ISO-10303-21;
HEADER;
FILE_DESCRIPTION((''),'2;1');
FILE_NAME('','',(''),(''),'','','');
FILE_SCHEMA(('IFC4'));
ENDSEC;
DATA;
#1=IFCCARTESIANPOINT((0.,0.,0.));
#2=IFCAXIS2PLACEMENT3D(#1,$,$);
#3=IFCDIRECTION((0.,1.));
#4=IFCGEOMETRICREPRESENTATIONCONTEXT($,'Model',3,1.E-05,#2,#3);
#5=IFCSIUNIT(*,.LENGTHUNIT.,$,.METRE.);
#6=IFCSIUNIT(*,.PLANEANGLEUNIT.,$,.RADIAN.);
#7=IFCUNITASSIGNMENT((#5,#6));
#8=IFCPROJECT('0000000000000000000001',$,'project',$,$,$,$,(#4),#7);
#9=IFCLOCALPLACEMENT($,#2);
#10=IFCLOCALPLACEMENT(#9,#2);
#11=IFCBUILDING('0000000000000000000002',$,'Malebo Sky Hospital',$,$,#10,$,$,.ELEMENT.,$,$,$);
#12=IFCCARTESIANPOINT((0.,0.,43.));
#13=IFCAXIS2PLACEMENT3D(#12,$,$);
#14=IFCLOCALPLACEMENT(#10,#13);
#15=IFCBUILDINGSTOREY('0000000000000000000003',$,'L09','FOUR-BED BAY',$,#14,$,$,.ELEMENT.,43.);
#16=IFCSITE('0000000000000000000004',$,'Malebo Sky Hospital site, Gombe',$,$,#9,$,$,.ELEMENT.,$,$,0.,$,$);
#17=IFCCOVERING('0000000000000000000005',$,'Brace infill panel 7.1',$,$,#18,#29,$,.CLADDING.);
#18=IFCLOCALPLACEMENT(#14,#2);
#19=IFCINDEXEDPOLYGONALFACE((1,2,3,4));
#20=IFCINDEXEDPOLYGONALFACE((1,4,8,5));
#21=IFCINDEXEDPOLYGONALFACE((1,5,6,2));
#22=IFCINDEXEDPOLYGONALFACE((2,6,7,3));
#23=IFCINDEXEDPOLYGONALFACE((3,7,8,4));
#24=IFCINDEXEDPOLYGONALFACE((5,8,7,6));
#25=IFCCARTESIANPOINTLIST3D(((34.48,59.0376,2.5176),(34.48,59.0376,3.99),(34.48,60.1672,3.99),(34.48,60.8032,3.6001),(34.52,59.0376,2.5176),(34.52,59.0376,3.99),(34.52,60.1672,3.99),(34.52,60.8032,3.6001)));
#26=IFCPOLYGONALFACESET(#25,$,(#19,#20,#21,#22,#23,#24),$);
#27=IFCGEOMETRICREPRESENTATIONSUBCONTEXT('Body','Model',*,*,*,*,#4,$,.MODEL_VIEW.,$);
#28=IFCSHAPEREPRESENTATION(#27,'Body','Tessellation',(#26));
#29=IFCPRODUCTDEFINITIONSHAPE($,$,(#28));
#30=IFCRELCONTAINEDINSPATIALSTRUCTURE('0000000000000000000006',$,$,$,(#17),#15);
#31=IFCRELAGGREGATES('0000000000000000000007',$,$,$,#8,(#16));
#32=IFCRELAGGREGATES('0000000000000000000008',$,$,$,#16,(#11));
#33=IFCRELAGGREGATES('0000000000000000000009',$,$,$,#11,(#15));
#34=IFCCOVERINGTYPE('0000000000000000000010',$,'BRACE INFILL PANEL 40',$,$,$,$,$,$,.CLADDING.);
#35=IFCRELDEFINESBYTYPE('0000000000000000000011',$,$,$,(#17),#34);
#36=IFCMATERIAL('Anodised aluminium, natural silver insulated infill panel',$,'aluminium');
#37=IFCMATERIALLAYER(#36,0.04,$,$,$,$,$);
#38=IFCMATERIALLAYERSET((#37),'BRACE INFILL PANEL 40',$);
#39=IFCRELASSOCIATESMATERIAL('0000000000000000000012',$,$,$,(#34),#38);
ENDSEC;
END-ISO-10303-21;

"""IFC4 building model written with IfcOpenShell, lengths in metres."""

from ifc_helpers import new_model, si_unit, direction, frame, origin, place, context, subcontext, project, spatial, polyline, outline, extrude, material, layer, layer_set, type_object, element, save


model = new_model("IFC4")

# Units and contexts
model_context = context("Model", 3, precision=1e-05, world=origin(), true_north=direction((0.0, 1.0)))
body_context = subcontext(model_context, "Body", "Model", "MODEL_VIEW")
ifc_project = project(units=[si_unit("LENGTHUNIT", "METRE"), si_unit("PLANEANGLEUNIT", "RADIAN")], contexts=[model_context])

# Site, building, storey
site_placement = place(None, origin())
site = spatial("IfcSite", under=ifc_project, at=site_placement, Name="Malebo Sky Hospital site, Gombe", CompositionType="ELEMENT", RefElevation=0.0)
building_placement = place(site_placement, origin())
building = spatial("IfcBuilding", under=site, at=building_placement, Name="Malebo Sky Hospital", CompositionType="ELEMENT")
storey_placement = place(building_placement, frame((0.0, 0.0, 43.0)))
storey = spatial("IfcBuildingStorey", under=building, at=storey_placement, Name="L09", Description="FOUR-BED BAY", CompositionType="ELEMENT", Elevation=43.0)

# Covering
ifc_material_1 = material(Name="Anodised aluminium, natural silver insulated infill panel", Category="aluminium")
ifc_layer_1 = layer(ifc_material_1, 0.04)
ifc_layer_set_1 = layer_set([ifc_layer_1], Name="BRACE INFILL PANEL 40")
covering_type = type_object("IfcCoveringType", Name="BRACE INFILL PANEL 40", PredefinedType="CLADDING", material=ifc_layer_set_1)
covering_1_placement = place(storey_placement, frame((34.5, 59.9204, 2.5176), z_axis=(0.0, 0.0, 1.0), x_axis=(0.0, 1.0, 0.0)))
element("IfcCovering", 1, at=covering_1_placement, inside=storey, type_object=covering_type, Name="Brace infill panel 7.1", PredefinedType="CLADDING", context=body_context, shape_type="SweptSolid", body=[
    extrude(outline(polyline([(-0.8828, 0.0), (0.8828, 1.0825), (0.2468, 1.4724), (-0.8828, 1.4724), (-0.8828, 0.0)])), frame((0.0, 0.02, 0.0), z_axis=(0.0, -1.0, 0.0), x_axis=(1.0, 0.0, 0.0)), (0.0, 0.0, 1.0), 0.04),
])

save(model, "model.ifc")
